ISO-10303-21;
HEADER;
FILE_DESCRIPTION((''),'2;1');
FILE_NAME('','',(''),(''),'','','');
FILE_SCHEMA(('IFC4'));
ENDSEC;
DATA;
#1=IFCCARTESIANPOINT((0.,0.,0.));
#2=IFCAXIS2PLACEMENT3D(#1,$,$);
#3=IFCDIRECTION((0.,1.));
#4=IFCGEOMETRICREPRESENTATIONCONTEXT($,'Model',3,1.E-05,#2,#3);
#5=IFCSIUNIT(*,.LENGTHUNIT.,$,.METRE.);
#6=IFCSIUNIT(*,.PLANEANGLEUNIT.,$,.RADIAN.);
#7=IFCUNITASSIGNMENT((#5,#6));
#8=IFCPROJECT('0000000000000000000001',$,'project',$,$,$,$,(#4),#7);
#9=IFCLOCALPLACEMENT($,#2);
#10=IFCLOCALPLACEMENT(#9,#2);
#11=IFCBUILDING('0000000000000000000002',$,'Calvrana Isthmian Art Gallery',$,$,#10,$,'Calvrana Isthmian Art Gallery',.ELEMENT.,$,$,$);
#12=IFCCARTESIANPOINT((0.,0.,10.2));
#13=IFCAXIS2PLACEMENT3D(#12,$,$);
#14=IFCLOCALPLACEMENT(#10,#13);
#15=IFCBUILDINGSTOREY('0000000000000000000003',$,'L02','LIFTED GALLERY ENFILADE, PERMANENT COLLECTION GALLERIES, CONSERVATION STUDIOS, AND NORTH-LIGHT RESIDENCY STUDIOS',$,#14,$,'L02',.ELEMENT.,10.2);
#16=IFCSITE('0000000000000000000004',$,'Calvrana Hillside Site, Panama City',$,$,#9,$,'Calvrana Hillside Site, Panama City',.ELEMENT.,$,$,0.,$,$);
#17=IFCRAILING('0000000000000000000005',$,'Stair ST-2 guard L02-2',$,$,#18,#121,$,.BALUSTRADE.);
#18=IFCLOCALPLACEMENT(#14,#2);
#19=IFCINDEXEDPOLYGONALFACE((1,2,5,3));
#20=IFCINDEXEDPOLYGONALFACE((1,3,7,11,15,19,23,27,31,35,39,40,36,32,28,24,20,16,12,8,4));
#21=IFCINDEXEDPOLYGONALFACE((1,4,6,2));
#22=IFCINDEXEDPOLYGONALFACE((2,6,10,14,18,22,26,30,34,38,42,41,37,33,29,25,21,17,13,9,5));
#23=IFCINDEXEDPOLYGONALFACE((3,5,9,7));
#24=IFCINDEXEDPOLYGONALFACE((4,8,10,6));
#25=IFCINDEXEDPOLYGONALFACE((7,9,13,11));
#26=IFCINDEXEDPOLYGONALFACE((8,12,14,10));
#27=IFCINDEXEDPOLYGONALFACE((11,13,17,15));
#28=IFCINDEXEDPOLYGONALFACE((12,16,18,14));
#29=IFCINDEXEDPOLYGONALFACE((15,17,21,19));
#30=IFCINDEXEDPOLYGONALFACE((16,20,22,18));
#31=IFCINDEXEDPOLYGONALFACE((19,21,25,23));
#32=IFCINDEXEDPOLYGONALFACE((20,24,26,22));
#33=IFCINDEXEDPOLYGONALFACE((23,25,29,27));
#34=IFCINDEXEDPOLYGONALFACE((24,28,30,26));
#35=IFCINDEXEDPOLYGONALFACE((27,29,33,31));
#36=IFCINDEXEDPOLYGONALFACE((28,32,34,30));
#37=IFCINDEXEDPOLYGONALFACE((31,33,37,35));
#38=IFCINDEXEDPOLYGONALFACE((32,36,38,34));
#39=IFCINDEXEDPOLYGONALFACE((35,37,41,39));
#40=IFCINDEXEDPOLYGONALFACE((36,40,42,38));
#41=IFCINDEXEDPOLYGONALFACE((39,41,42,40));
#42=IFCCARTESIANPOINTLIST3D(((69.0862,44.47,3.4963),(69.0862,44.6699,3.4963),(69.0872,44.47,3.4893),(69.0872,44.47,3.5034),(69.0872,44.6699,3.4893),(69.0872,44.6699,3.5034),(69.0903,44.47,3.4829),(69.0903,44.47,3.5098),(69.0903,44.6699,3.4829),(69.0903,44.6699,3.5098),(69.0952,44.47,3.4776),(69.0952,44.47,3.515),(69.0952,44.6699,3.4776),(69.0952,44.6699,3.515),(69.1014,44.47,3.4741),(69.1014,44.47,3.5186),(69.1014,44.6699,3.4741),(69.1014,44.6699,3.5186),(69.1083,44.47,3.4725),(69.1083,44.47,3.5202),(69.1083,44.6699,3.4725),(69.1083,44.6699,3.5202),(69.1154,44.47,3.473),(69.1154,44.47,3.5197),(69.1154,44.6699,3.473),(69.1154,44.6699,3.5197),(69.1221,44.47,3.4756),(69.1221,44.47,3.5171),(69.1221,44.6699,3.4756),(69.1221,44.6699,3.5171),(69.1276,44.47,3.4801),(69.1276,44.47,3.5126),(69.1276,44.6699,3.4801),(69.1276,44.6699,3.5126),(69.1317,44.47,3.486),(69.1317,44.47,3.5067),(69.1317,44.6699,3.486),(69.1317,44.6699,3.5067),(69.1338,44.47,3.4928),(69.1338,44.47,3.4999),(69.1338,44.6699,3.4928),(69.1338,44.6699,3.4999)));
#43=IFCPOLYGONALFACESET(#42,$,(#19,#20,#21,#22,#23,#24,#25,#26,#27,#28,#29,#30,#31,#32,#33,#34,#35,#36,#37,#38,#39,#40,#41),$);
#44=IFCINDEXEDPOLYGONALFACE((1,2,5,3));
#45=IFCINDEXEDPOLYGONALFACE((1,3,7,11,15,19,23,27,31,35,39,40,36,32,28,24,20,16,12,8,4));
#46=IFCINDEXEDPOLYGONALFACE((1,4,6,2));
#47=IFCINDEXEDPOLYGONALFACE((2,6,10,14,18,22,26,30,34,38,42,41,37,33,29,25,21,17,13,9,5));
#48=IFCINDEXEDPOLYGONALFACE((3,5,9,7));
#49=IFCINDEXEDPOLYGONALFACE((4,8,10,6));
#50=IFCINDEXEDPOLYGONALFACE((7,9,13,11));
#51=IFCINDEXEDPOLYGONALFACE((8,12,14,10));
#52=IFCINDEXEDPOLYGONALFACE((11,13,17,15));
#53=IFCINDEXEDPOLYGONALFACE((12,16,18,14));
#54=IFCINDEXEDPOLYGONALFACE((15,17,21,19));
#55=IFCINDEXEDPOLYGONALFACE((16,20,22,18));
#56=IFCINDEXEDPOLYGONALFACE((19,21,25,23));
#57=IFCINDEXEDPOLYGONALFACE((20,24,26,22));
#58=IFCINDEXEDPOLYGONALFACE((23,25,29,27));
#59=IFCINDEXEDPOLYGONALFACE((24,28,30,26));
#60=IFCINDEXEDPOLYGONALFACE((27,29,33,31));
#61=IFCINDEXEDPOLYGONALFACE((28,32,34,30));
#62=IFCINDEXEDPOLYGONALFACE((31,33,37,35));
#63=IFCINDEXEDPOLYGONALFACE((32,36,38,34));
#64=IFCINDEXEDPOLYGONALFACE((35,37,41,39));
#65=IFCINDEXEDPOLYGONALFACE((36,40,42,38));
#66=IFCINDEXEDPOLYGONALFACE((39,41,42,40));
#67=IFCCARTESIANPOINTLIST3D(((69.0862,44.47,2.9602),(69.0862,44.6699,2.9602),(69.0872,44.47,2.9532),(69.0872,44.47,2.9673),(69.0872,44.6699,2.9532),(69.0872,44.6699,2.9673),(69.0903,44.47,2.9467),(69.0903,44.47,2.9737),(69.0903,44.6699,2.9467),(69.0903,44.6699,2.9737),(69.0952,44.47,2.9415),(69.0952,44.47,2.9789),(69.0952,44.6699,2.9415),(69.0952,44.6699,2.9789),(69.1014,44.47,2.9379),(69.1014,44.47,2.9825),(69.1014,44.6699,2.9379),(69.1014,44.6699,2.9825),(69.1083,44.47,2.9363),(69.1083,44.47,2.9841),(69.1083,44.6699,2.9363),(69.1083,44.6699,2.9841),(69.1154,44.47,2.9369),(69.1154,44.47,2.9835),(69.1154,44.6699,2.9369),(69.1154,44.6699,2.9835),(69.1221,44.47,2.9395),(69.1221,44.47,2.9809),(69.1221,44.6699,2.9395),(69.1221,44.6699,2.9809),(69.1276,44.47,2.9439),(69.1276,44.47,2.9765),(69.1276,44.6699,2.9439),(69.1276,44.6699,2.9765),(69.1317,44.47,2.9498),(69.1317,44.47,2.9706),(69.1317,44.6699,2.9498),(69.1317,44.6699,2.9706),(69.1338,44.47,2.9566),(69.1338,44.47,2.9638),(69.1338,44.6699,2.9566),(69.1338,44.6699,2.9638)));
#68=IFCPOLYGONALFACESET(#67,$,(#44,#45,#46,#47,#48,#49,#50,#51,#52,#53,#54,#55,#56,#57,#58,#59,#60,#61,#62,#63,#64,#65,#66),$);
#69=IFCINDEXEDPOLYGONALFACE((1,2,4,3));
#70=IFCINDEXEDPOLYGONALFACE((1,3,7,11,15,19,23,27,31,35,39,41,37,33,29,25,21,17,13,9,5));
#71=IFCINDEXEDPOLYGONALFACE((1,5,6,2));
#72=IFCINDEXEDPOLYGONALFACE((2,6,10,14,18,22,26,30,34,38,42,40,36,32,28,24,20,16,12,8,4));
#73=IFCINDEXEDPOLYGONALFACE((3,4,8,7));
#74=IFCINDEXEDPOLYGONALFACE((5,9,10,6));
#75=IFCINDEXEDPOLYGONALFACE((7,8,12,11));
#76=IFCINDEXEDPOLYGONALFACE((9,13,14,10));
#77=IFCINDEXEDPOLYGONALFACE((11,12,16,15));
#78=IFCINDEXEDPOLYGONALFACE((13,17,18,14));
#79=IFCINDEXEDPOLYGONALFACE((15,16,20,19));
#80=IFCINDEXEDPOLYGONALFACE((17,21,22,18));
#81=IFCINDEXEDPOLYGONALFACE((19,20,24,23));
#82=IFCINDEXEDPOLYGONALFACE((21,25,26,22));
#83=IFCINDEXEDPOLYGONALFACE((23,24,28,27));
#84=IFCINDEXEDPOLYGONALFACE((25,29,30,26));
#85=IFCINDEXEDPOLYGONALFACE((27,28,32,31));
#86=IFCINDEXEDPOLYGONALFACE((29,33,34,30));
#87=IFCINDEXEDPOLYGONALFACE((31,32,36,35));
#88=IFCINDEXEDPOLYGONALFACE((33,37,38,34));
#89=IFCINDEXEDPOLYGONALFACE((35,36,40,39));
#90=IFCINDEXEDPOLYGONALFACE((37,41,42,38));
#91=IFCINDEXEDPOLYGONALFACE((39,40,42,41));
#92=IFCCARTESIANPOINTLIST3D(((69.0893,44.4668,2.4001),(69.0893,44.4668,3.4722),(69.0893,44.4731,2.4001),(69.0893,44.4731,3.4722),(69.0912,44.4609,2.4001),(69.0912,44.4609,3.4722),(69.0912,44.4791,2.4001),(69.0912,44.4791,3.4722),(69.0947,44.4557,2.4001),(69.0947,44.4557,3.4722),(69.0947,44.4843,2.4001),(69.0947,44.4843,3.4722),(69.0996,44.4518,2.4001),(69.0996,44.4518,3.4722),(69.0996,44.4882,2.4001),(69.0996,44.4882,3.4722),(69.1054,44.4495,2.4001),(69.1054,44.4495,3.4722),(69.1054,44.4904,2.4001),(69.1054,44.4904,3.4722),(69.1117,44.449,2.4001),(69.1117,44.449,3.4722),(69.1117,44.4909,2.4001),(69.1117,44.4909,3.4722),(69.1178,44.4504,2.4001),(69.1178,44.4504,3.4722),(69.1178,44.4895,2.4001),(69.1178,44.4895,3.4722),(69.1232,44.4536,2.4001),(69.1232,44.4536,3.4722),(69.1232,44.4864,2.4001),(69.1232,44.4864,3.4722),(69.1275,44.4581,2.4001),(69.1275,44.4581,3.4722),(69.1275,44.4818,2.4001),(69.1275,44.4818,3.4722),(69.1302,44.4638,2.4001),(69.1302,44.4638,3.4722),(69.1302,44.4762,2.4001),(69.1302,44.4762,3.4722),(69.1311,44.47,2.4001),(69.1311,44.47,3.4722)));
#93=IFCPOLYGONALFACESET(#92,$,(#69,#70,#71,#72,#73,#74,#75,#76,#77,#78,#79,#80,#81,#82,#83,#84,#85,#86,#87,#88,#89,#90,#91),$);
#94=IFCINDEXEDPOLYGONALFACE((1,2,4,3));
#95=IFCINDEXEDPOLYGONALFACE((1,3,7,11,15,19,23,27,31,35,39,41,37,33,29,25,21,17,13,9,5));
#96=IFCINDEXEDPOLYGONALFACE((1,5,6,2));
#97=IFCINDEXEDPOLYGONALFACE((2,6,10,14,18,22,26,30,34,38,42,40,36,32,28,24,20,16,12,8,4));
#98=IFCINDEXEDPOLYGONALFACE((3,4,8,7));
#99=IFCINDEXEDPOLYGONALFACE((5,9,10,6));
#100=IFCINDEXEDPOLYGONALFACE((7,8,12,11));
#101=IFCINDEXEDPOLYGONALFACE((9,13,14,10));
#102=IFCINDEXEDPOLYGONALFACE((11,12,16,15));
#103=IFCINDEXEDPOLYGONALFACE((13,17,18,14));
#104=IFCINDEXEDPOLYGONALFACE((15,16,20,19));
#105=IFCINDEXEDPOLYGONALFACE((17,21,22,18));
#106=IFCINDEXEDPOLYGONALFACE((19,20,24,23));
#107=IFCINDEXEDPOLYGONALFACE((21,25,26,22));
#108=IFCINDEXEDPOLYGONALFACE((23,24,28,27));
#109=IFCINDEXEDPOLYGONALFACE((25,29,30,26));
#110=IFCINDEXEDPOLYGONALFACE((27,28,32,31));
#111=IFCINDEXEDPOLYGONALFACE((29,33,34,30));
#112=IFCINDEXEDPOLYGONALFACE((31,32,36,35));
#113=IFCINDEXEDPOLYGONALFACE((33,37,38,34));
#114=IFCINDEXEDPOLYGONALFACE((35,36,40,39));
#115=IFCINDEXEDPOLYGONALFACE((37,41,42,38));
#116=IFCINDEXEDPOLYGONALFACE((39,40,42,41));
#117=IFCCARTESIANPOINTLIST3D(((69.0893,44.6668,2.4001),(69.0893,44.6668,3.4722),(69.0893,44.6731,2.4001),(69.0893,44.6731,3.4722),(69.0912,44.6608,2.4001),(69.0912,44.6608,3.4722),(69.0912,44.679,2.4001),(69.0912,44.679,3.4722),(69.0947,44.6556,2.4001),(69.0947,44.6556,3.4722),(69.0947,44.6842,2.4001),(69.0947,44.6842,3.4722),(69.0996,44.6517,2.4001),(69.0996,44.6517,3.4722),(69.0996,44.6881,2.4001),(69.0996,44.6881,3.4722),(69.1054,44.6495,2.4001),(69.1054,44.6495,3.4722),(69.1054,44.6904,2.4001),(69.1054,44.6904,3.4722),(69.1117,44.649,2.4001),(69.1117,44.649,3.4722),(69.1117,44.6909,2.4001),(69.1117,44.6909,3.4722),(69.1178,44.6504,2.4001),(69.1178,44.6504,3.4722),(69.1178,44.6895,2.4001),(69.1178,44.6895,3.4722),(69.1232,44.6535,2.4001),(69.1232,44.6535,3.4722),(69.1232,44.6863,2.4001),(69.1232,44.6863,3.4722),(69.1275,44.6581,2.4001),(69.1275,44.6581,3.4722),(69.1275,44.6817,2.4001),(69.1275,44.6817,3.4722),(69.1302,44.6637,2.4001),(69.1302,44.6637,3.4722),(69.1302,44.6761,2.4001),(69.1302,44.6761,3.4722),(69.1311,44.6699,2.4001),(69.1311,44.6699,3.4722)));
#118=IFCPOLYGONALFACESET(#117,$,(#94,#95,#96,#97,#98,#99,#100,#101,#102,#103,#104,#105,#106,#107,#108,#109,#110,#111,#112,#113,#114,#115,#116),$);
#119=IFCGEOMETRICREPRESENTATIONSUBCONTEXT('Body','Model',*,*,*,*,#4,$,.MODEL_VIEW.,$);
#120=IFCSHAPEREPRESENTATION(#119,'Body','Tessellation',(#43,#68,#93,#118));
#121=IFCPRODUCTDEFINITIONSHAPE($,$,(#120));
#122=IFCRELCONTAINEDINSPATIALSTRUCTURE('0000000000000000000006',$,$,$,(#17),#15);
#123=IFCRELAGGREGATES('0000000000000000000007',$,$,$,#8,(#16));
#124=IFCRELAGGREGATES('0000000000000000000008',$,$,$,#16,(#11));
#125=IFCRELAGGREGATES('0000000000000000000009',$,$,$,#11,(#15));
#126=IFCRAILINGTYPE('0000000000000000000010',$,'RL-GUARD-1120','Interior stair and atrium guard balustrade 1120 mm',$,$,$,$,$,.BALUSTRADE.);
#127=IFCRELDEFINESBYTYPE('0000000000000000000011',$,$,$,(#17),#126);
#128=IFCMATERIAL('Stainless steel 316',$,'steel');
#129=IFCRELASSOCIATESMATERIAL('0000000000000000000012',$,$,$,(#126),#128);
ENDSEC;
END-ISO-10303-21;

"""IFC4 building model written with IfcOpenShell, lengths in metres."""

from ifc_helpers import new_model, si_unit, direction, frame, origin, origin_2d, place, context, subcontext, project, spatial, circle, extrude, material, type_object, element, save


model = new_model("IFC4")

# Units and contexts
model_context = context("Model", 3, precision=1e-05, world=origin(), true_north=direction((0.0, 1.0)))
body_context = subcontext(model_context, "Body", "Model", "MODEL_VIEW")
ifc_project = project(units=[si_unit("LENGTHUNIT", "METRE"), si_unit("PLANEANGLEUNIT", "RADIAN")], contexts=[model_context])

# Site, building, storey
site_placement = place(None, origin())
site = spatial("IfcSite", under=ifc_project, at=site_placement, Name="Calvrana Hillside Site, Panama City", LongName="Calvrana Hillside Site, Panama City", CompositionType="ELEMENT", RefElevation=0.0)
building_placement = place(site_placement, origin())
building = spatial("IfcBuilding", under=site, at=building_placement, Name="Calvrana Isthmian Art Gallery", LongName="Calvrana Isthmian Art Gallery", CompositionType="ELEMENT")
storey_placement = place(building_placement, frame((0.0, 0.0, 10.2)))
storey = spatial("IfcBuildingStorey", under=building, at=storey_placement, Name="L02", Description="LIFTED GALLERY ENFILADE, PERMANENT COLLECTION GALLERIES, CONSERVATION STUDIOS, AND NORTH-LIGHT RESIDENCY STUDIOS", LongName="L02", CompositionType="ELEMENT", Elevation=10.2)

# Shared definitions
ifc_material_1 = material(Name="Stainless steel 316", Category="steel")

# Railing
railing_type_1 = type_object("IfcRailingType", Name="RL-GUARD-1120", Description="Interior stair and atrium guard balustrade 1120 mm", PredefinedType="BALUSTRADE", material=ifc_material_1)
railing_1_placement = place(storey_placement, frame((69.1101, 44.47, 2.4001)))
element("IfcRailing", 1, at=railing_1_placement, inside=storey, type_object=railing_type_1, Name="Stair ST-2 guard L02-2", PredefinedType="BALUSTRADE", context=body_context, shape_type="SweptSolid", body=[
    extrude(circle(Radius=0.0239, at=origin_2d()), frame((0.0, 0.0, 1.0962), z_axis=(0.0, 1.0, 0.0), x_axis=(-1.0, 0.0, 0.0)), (0.0, 0.0, 1.0), 0.2),
    extrude(circle(Radius=0.0239, at=origin_2d()), frame((0.0, 0.0, 0.5601), z_axis=(0.0, 1.0, 0.0), x_axis=(-1.0, 0.0, 0.0)), (0.0, 0.0, 1.0), 0.2),
    extrude(circle(Radius=0.021, at=origin_2d()), origin(), (0.0, 0.0, 1.0), 1.072),
    extrude(circle(Radius=0.021, at=origin_2d()), frame((0.0, 0.2, 0.0)), (0.0, 0.0, 1.0), 1.072),
])

save(model, "model.ifc")
